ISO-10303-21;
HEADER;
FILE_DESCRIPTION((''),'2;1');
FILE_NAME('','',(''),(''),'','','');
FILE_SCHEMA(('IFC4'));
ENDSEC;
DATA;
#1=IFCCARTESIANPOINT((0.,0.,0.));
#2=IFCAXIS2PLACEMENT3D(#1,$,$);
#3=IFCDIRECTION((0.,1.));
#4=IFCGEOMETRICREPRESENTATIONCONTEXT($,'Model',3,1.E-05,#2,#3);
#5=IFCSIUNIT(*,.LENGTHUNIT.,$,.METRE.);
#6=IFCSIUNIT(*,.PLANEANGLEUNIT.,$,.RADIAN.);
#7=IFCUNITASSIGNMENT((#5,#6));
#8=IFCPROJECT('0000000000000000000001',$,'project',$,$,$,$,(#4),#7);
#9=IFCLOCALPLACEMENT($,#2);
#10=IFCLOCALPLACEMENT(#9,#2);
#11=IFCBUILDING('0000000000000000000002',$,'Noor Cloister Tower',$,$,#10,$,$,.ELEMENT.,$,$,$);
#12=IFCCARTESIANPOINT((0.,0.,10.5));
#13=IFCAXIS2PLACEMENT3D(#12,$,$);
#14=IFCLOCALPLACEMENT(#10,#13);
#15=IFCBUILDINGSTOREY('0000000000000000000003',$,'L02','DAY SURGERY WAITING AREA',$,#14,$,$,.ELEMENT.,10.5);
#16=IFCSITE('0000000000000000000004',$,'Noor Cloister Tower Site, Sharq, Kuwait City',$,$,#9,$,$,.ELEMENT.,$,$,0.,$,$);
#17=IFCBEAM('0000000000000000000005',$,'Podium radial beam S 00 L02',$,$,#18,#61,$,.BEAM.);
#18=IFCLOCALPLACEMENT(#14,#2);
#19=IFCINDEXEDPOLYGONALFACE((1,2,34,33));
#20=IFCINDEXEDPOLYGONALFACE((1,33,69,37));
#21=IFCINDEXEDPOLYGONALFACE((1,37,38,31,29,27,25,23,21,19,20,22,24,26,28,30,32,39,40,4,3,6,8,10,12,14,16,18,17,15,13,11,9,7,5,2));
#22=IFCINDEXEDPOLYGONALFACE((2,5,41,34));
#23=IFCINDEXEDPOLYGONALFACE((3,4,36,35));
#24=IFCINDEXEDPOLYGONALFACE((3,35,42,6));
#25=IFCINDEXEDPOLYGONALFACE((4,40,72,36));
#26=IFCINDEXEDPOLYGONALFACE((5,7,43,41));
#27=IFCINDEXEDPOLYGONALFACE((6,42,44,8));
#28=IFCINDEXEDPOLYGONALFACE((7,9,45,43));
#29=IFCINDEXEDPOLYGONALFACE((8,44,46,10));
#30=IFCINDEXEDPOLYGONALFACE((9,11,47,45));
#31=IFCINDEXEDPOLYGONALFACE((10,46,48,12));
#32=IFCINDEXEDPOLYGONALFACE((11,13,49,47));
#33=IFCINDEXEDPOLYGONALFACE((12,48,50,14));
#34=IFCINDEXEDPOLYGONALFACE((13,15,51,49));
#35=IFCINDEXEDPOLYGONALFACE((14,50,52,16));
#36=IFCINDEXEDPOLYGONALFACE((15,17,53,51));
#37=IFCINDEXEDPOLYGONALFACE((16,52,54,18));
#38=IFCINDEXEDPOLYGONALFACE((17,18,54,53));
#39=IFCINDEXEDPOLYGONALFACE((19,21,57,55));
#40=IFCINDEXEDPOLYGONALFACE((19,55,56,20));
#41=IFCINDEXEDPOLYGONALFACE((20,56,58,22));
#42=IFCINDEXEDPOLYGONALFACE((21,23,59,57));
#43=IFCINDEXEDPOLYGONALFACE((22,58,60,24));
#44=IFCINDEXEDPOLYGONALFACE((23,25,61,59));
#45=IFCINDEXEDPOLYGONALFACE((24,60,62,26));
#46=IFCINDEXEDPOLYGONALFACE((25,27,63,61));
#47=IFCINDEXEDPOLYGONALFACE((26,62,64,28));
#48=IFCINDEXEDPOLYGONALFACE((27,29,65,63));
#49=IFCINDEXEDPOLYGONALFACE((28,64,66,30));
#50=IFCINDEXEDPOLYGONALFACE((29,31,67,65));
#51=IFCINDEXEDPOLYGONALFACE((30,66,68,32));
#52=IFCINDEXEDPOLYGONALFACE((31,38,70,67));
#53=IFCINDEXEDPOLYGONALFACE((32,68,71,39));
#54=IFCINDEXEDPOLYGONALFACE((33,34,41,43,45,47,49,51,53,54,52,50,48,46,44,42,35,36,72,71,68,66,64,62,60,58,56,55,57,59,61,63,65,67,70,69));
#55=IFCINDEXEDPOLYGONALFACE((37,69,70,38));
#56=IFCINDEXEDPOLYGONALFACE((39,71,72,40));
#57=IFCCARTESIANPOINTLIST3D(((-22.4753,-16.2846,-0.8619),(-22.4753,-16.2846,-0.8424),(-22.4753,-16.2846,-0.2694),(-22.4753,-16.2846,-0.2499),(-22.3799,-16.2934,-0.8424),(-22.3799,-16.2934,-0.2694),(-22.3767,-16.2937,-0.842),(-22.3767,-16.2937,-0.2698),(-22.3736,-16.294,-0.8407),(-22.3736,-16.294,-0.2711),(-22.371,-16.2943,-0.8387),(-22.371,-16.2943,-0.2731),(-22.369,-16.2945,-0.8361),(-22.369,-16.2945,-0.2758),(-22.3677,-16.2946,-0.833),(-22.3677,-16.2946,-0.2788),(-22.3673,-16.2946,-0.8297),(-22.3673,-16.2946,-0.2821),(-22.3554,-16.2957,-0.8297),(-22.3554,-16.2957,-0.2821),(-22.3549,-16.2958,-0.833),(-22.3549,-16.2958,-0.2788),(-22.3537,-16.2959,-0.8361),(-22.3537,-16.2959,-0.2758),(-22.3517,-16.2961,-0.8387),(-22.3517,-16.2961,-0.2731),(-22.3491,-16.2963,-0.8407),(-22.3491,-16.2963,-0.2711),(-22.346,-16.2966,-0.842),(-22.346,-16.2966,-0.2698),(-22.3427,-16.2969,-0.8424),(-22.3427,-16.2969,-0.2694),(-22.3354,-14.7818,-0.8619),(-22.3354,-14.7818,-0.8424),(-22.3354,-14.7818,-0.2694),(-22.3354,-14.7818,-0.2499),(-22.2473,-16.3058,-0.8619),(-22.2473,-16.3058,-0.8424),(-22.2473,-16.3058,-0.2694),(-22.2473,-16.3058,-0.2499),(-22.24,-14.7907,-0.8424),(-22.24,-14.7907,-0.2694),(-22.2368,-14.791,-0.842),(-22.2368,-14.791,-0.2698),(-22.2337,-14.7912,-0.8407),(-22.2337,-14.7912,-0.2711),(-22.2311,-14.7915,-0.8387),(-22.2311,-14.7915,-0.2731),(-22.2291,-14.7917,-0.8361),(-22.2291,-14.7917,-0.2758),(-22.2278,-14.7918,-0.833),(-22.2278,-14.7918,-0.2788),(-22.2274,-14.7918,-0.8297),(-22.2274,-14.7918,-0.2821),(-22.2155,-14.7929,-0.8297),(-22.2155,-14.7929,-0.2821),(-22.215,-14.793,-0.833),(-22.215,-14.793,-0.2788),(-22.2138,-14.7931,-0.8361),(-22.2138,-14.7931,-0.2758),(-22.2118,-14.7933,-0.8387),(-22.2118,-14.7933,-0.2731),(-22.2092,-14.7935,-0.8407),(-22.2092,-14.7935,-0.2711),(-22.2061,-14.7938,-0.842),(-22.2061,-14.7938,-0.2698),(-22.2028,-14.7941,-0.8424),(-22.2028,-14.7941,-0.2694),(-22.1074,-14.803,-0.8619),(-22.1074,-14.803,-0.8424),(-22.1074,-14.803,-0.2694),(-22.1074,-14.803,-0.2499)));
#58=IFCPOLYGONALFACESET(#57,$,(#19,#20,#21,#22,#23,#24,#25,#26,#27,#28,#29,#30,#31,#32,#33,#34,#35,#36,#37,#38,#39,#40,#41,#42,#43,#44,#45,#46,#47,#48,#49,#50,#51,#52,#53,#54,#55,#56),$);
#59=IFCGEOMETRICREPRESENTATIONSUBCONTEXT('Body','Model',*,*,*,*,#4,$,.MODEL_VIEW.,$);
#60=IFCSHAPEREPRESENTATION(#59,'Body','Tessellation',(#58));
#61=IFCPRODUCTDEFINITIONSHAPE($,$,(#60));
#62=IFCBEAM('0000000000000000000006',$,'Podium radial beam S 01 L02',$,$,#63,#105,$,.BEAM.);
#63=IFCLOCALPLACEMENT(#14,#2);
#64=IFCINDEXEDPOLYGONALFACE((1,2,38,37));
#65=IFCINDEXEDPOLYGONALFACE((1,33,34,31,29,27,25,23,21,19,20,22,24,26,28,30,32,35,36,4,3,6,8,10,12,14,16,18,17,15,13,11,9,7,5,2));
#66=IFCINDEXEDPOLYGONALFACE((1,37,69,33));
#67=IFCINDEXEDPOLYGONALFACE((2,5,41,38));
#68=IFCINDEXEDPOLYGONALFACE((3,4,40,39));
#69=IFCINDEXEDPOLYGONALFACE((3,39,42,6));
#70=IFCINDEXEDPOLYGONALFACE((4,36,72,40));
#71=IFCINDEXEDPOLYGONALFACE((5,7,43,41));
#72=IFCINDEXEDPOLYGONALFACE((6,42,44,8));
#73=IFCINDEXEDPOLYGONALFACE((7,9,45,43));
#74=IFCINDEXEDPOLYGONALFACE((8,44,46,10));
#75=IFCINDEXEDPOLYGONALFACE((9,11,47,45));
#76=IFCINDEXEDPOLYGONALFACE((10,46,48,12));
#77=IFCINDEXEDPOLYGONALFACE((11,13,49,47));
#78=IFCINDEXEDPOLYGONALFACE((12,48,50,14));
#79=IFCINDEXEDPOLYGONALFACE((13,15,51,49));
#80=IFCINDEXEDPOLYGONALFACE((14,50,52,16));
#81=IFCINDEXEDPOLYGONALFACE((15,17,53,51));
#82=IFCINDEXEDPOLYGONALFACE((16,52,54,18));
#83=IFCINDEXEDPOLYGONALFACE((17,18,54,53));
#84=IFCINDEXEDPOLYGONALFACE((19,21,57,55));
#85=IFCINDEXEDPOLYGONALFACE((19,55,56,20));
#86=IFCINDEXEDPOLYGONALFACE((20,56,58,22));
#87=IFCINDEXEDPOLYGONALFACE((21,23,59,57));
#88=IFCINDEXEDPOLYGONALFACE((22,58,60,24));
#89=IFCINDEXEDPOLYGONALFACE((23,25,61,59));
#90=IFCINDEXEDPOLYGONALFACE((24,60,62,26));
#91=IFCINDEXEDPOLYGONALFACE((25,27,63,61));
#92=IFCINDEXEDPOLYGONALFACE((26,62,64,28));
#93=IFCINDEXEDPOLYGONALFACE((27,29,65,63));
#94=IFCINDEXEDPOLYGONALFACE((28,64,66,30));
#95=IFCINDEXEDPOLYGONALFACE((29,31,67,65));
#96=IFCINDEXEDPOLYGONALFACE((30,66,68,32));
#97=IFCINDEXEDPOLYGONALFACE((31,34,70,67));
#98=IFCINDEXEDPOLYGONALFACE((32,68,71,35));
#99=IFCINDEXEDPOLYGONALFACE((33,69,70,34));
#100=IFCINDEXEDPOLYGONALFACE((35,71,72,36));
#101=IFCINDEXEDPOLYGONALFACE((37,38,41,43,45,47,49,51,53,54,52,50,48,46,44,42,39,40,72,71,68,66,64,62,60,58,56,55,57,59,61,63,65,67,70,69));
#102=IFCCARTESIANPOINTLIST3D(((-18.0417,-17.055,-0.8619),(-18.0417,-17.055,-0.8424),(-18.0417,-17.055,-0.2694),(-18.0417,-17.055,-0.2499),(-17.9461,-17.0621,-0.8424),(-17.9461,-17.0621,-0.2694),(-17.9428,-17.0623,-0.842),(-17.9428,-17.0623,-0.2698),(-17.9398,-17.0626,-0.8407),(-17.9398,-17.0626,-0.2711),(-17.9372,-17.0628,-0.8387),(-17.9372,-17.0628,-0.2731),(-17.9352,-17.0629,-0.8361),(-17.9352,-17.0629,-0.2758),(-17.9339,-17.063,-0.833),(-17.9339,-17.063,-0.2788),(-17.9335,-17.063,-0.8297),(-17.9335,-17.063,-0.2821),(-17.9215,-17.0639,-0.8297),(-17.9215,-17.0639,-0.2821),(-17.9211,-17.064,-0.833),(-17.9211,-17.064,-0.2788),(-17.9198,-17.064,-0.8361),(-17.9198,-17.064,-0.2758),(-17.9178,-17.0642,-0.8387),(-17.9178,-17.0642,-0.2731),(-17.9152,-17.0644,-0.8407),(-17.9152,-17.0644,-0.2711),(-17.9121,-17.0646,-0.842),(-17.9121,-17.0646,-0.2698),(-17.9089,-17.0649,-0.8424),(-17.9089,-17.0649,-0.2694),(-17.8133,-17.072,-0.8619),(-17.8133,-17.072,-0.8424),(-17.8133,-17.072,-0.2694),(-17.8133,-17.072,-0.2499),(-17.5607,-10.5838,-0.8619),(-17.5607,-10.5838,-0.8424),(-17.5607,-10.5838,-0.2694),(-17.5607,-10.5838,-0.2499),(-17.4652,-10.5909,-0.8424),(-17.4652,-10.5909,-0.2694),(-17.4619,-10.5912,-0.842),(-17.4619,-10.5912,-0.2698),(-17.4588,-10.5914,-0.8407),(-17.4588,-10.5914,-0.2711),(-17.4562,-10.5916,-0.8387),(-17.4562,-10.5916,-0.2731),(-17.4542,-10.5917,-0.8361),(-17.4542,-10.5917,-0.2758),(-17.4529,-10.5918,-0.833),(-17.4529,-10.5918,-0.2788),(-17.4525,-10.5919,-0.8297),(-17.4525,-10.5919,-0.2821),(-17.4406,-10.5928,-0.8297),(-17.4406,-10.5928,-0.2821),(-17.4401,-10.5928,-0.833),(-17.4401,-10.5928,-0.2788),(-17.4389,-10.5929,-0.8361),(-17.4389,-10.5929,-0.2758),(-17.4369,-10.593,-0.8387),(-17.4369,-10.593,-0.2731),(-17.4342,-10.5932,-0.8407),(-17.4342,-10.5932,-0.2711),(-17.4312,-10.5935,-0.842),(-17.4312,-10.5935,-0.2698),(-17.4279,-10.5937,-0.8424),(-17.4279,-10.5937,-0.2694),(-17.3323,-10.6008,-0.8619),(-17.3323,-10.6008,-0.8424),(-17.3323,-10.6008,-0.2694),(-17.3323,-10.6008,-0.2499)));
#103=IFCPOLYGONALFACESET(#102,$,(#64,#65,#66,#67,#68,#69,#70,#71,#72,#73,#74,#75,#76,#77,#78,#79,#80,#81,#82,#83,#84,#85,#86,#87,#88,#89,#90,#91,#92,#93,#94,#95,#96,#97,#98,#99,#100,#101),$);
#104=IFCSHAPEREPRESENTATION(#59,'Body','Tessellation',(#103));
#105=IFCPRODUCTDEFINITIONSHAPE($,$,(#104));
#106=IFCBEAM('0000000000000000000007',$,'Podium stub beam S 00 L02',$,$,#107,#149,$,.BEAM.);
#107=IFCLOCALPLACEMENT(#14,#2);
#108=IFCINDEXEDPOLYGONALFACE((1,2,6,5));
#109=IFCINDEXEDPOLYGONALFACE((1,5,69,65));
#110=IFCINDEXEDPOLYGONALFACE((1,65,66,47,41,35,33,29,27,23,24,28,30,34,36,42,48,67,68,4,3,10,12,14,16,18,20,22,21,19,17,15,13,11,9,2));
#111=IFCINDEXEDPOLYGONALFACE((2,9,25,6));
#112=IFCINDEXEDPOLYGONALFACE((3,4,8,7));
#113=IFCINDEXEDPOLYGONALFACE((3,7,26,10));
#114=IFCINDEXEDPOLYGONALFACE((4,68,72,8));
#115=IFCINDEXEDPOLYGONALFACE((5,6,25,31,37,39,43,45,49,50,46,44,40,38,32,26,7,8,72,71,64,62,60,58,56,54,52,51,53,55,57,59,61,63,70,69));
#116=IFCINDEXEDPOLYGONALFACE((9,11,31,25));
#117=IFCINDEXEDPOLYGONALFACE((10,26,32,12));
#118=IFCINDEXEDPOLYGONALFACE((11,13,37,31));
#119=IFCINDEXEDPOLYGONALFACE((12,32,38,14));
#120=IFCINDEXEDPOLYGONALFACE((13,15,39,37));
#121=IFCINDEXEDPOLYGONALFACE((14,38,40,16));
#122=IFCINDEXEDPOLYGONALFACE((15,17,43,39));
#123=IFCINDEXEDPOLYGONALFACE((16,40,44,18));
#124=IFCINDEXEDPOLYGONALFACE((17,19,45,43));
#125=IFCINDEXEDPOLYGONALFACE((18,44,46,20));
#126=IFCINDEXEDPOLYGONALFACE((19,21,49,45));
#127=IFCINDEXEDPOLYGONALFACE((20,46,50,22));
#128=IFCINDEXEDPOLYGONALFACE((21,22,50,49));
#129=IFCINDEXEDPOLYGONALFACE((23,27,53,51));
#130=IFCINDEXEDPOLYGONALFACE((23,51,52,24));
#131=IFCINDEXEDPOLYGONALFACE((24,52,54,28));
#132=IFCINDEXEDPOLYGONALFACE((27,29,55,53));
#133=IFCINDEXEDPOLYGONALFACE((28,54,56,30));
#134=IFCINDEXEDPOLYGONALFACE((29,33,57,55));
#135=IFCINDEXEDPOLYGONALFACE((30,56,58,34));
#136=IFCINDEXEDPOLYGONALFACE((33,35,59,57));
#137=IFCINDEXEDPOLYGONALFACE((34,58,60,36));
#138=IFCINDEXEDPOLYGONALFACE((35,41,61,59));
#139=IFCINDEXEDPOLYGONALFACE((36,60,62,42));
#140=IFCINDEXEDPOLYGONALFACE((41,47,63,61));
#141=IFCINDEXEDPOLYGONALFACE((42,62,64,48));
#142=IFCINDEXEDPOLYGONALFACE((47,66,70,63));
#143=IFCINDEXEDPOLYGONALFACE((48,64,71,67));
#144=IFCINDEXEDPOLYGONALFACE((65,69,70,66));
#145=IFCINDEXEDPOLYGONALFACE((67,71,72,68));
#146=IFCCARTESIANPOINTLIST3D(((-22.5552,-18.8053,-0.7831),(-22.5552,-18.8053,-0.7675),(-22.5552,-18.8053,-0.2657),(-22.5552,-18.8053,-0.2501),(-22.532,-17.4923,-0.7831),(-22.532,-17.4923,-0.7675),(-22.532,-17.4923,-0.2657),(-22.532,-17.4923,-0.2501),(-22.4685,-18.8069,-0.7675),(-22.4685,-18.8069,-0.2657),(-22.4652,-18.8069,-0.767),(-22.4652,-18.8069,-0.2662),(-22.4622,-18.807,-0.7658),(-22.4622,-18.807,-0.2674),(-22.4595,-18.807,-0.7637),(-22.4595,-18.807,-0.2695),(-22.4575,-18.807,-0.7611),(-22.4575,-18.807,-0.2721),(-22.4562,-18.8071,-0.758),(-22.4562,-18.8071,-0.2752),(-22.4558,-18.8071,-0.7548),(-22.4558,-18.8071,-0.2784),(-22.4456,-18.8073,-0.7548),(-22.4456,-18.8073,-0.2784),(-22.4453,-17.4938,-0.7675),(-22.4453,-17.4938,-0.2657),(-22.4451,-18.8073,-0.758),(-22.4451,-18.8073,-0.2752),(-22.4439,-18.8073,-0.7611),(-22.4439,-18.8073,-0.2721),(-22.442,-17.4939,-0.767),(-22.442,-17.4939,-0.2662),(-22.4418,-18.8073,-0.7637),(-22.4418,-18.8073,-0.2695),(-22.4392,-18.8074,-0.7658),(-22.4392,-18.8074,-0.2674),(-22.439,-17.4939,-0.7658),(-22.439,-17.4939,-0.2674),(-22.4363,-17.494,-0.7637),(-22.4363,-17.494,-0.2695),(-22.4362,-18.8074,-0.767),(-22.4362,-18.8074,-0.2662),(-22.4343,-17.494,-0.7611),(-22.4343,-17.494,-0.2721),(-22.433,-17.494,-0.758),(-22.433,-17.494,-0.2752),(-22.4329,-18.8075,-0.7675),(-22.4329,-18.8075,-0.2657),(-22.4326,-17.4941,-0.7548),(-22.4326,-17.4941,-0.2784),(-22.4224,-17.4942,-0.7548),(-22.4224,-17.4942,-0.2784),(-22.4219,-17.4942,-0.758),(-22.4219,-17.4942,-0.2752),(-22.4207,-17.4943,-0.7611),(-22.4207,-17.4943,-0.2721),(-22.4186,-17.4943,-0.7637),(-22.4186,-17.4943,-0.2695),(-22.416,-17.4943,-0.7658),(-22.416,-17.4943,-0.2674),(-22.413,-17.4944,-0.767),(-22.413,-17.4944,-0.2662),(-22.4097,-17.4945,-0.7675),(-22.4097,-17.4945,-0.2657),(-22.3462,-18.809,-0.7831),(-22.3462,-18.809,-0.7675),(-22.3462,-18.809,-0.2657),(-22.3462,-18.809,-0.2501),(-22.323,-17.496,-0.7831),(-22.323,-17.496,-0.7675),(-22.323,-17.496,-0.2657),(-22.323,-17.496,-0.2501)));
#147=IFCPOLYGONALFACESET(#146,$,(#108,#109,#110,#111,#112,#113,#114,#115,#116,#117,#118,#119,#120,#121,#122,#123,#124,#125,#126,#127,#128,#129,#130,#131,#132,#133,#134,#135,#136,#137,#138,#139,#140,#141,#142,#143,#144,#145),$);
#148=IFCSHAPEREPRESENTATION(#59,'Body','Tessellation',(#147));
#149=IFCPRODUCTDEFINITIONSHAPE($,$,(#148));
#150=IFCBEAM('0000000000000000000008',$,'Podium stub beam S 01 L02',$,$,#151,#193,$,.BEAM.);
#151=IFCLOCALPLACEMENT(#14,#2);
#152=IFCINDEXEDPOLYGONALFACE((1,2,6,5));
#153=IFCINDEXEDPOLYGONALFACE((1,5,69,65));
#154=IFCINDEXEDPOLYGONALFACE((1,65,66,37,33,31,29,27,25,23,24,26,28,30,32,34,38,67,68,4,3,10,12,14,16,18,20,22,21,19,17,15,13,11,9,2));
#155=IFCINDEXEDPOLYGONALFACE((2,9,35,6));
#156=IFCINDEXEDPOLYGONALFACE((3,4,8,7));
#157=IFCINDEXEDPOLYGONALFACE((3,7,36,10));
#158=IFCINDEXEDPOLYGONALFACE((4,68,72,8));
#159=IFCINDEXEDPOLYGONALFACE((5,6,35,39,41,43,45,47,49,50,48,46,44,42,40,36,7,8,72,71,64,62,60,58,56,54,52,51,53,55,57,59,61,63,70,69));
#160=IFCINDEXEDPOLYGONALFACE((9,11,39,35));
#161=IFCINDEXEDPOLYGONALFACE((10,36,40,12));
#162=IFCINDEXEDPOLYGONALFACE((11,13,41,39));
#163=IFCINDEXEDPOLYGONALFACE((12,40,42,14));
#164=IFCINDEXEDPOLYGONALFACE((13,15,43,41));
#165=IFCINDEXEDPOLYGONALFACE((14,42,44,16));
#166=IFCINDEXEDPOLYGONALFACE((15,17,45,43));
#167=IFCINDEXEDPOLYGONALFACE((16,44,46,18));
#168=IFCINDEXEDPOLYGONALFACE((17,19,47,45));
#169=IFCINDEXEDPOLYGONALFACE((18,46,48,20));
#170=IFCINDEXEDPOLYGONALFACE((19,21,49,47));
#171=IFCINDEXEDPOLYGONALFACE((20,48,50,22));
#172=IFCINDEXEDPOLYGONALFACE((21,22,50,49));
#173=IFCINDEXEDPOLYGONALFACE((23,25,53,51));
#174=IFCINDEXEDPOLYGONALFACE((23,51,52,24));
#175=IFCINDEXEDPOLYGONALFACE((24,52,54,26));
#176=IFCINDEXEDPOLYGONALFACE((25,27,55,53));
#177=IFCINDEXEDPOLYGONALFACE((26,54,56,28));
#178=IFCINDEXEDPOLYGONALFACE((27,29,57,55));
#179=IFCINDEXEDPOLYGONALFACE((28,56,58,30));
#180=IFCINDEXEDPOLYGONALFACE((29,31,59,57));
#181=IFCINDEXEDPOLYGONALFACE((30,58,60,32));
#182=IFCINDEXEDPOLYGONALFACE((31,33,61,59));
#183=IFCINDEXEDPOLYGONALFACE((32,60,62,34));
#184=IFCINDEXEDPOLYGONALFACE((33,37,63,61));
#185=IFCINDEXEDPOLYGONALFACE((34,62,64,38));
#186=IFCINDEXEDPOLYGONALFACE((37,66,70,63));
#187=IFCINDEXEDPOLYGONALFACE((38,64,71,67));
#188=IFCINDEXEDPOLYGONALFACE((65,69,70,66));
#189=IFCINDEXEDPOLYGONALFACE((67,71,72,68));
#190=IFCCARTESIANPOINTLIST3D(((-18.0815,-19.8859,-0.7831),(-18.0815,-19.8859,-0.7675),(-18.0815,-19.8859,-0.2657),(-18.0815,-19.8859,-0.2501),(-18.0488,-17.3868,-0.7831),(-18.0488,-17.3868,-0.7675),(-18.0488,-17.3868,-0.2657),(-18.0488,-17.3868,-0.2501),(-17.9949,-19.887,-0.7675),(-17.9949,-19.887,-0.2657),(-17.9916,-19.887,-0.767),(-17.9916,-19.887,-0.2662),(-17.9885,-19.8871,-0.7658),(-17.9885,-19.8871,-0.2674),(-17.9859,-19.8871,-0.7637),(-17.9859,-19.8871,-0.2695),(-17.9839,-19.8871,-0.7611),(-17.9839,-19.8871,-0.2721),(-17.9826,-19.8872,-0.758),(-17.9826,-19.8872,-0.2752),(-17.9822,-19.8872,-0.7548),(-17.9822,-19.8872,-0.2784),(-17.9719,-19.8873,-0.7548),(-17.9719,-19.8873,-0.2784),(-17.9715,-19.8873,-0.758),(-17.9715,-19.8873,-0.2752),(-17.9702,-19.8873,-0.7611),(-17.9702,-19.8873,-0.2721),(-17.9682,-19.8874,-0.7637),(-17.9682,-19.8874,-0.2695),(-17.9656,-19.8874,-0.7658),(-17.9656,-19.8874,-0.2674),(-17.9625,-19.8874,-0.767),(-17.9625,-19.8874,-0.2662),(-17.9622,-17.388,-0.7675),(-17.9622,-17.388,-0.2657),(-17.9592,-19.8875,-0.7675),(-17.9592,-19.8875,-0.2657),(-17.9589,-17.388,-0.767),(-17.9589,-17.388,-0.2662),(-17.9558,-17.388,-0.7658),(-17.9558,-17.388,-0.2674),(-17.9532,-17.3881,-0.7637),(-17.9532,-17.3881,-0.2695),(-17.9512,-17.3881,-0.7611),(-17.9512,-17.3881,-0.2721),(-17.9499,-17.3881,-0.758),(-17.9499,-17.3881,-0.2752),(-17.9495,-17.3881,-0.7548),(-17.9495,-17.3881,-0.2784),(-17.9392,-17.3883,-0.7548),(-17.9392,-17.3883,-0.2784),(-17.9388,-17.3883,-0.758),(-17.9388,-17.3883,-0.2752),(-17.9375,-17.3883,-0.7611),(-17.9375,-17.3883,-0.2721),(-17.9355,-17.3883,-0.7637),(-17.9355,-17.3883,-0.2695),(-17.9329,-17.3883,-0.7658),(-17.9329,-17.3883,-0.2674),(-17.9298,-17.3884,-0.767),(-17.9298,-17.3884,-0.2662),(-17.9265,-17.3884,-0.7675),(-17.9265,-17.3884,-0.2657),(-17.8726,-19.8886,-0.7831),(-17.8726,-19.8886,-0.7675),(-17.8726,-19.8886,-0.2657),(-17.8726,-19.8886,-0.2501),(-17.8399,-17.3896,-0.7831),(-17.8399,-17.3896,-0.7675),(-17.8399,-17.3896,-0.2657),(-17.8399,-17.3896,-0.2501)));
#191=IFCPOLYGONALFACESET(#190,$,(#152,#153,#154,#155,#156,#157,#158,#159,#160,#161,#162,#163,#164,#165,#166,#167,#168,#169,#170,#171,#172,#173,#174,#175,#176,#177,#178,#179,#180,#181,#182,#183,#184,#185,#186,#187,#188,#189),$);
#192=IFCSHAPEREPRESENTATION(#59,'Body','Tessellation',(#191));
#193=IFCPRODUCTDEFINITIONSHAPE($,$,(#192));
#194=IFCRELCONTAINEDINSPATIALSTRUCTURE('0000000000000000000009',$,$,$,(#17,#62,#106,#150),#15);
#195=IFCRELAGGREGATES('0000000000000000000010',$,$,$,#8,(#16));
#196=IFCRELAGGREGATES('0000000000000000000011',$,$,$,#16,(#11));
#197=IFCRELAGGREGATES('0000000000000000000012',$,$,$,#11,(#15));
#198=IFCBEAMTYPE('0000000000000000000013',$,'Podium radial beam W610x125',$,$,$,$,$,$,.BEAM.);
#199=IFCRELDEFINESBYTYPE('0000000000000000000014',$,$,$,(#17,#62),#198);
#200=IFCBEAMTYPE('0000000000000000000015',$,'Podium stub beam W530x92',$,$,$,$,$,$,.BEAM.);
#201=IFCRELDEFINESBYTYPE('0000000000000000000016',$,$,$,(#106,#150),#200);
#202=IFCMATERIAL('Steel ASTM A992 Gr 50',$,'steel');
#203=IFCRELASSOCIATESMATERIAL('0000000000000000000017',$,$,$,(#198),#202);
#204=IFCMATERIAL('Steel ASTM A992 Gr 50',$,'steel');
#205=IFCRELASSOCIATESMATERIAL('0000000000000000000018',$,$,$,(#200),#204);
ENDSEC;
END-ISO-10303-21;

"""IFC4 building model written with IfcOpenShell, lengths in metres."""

from ifc_helpers import new_model, si_unit, direction, frame, origin, origin_2d, place, context, subcontext, project, spatial, i_section, extrude, material, material_profile, profile_set, type_object, element, save


model = new_model("IFC4")

# Units and contexts
model_context = context("Model", 3, precision=1e-05, world=origin(), true_north=direction((0.0, 1.0)))
body_context = subcontext(model_context, "Body", "Model", "MODEL_VIEW")
ifc_project = project(units=[si_unit("LENGTHUNIT", "METRE"), si_unit("PLANEANGLEUNIT", "RADIAN")], contexts=[model_context])

# Site, building, storey
site_placement = place(None, origin())
site = spatial("IfcSite", under=ifc_project, at=site_placement, Name="Noor Cloister Tower Site, Sharq, Kuwait City", CompositionType="ELEMENT", RefElevation=0.0)
building_placement = place(site_placement, origin())
building = spatial("IfcBuilding", under=site, at=building_placement, Name="Noor Cloister Tower", CompositionType="ELEMENT")
storey_placement = place(building_placement, frame((0.0, 0.0, 10.5)))
storey = spatial("IfcBuildingStorey", under=building, at=storey_placement, Name="L02", Description="DAY SURGERY WAITING AREA", CompositionType="ELEMENT", Elevation=10.5)

# Beams
ifc_material_1 = material(Name="Steel ASTM A992 Gr 50", Category="steel")
ifc_material_profile_1 = material_profile(ifc_material_1, i_section(OverallWidth=0.229, OverallDepth=0.6121, WebThickness=0.012, FlangeThickness=0.0195, FilletRadius=0.0127, at=origin_2d()), Name="W610x125")
ifc_profile_set_1 = profile_set([ifc_material_profile_1], Name="Steel ASTM A992 Gr 50")
beam_type_1 = type_object("IfcBeamType", Name="Podium radial beam W610x125", PredefinedType="BEAM", material=ifc_profile_set_1)
for number, where, z_axis, x_axis, name in (
    (1, (-22.3613, -16.2952, -0.5559), (0.092694, 0.995695, 0.0), (-0.995695, 0.092694, 0.0), "Podium radial beam S 00 L02"),
):
    element("IfcBeam", number, at=place(storey_placement, frame(where, z_axis=z_axis, x_axis=x_axis)), inside=storey, type_object=beam_type_1, Name=name, PredefinedType="BEAM", context=body_context, shape_type="SweptSolid", body=[
        extrude(i_section(OverallWidth=0.229, OverallDepth=0.6121, WebThickness=0.012, FlangeThickness=0.0195, FilletRadius=0.0127, at=origin_2d()), origin(), (0.0, 0.0, 1.0), 1.5093),
    ])
beam_1_placement = place(storey_placement, frame((-17.9275, -17.0635, -0.5559), z_axis=(0.074118, 0.997249, 0.0), x_axis=(-0.997249, 0.074118, 0.0)))
element("IfcBeam", 2, at=beam_1_placement, inside=storey, type_object=beam_type_1, Name="Podium radial beam S 01 L02", PredefinedType="BEAM", context=body_context, shape_type="SweptSolid", body=[
    extrude(i_section(OverallWidth=0.229, OverallDepth=0.6121, WebThickness=0.012, FlangeThickness=0.0195, FilletRadius=0.0127, at=origin_2d()), origin(), (0.0, 0.0, 1.0), 6.489),
])
ifc_material_2 = material(Name="Steel ASTM A992 Gr 50", Category="steel")
ifc_material_profile_2 = material_profile(ifc_material_2, i_section(OverallWidth=0.209, OverallDepth=0.533, WebThickness=0.0103, FlangeThickness=0.0156, FilletRadius=0.0127, at=origin_2d()), Name="W530x92")
ifc_profile_set_2 = profile_set([ifc_material_profile_2], Name="Steel ASTM A992 Gr 50")
beam_type_2 = type_object("IfcBeamType", Name="Podium stub beam W530x92", PredefinedType="BEAM", material=ifc_profile_set_2)
beam_2_placement = place(storey_placement, frame((-22.4275, -17.4941, -0.5166), z_axis=(-0.017662, -0.999844, 0.0), x_axis=(0.999844, -0.017662, 0.0)))
element("IfcBeam", 3, at=beam_2_placement, inside=storey, type_object=beam_type_2, Name="Podium stub beam S 00 L02", PredefinedType="BEAM", context=body_context, shape_type="SweptSolid", body=[
    extrude(i_section(OverallWidth=0.209, OverallDepth=0.533, WebThickness=0.0103, FlangeThickness=0.0156, FilletRadius=0.0127, at=origin_2d()), origin(), (0.0, 0.0, 1.0), 1.3132),
])
beam_3_placement = place(storey_placement, frame((-17.9443, -17.3882, -0.5166), z_axis=(-0.01309, -0.999914, 0.0), x_axis=(0.999914, -0.01309, 0.0)))
element("IfcBeam", 4, at=beam_3_placement, inside=storey, type_object=beam_type_2, Name="Podium stub beam S 01 L02", PredefinedType="BEAM", context=body_context, shape_type="SweptSolid", body=[
    extrude(i_section(OverallWidth=0.209, OverallDepth=0.533, WebThickness=0.0103, FlangeThickness=0.0156, FilletRadius=0.0127, at=origin_2d()), origin(), (0.0, 0.0, 1.0), 2.4993),
])

save(model, "model.ifc")
